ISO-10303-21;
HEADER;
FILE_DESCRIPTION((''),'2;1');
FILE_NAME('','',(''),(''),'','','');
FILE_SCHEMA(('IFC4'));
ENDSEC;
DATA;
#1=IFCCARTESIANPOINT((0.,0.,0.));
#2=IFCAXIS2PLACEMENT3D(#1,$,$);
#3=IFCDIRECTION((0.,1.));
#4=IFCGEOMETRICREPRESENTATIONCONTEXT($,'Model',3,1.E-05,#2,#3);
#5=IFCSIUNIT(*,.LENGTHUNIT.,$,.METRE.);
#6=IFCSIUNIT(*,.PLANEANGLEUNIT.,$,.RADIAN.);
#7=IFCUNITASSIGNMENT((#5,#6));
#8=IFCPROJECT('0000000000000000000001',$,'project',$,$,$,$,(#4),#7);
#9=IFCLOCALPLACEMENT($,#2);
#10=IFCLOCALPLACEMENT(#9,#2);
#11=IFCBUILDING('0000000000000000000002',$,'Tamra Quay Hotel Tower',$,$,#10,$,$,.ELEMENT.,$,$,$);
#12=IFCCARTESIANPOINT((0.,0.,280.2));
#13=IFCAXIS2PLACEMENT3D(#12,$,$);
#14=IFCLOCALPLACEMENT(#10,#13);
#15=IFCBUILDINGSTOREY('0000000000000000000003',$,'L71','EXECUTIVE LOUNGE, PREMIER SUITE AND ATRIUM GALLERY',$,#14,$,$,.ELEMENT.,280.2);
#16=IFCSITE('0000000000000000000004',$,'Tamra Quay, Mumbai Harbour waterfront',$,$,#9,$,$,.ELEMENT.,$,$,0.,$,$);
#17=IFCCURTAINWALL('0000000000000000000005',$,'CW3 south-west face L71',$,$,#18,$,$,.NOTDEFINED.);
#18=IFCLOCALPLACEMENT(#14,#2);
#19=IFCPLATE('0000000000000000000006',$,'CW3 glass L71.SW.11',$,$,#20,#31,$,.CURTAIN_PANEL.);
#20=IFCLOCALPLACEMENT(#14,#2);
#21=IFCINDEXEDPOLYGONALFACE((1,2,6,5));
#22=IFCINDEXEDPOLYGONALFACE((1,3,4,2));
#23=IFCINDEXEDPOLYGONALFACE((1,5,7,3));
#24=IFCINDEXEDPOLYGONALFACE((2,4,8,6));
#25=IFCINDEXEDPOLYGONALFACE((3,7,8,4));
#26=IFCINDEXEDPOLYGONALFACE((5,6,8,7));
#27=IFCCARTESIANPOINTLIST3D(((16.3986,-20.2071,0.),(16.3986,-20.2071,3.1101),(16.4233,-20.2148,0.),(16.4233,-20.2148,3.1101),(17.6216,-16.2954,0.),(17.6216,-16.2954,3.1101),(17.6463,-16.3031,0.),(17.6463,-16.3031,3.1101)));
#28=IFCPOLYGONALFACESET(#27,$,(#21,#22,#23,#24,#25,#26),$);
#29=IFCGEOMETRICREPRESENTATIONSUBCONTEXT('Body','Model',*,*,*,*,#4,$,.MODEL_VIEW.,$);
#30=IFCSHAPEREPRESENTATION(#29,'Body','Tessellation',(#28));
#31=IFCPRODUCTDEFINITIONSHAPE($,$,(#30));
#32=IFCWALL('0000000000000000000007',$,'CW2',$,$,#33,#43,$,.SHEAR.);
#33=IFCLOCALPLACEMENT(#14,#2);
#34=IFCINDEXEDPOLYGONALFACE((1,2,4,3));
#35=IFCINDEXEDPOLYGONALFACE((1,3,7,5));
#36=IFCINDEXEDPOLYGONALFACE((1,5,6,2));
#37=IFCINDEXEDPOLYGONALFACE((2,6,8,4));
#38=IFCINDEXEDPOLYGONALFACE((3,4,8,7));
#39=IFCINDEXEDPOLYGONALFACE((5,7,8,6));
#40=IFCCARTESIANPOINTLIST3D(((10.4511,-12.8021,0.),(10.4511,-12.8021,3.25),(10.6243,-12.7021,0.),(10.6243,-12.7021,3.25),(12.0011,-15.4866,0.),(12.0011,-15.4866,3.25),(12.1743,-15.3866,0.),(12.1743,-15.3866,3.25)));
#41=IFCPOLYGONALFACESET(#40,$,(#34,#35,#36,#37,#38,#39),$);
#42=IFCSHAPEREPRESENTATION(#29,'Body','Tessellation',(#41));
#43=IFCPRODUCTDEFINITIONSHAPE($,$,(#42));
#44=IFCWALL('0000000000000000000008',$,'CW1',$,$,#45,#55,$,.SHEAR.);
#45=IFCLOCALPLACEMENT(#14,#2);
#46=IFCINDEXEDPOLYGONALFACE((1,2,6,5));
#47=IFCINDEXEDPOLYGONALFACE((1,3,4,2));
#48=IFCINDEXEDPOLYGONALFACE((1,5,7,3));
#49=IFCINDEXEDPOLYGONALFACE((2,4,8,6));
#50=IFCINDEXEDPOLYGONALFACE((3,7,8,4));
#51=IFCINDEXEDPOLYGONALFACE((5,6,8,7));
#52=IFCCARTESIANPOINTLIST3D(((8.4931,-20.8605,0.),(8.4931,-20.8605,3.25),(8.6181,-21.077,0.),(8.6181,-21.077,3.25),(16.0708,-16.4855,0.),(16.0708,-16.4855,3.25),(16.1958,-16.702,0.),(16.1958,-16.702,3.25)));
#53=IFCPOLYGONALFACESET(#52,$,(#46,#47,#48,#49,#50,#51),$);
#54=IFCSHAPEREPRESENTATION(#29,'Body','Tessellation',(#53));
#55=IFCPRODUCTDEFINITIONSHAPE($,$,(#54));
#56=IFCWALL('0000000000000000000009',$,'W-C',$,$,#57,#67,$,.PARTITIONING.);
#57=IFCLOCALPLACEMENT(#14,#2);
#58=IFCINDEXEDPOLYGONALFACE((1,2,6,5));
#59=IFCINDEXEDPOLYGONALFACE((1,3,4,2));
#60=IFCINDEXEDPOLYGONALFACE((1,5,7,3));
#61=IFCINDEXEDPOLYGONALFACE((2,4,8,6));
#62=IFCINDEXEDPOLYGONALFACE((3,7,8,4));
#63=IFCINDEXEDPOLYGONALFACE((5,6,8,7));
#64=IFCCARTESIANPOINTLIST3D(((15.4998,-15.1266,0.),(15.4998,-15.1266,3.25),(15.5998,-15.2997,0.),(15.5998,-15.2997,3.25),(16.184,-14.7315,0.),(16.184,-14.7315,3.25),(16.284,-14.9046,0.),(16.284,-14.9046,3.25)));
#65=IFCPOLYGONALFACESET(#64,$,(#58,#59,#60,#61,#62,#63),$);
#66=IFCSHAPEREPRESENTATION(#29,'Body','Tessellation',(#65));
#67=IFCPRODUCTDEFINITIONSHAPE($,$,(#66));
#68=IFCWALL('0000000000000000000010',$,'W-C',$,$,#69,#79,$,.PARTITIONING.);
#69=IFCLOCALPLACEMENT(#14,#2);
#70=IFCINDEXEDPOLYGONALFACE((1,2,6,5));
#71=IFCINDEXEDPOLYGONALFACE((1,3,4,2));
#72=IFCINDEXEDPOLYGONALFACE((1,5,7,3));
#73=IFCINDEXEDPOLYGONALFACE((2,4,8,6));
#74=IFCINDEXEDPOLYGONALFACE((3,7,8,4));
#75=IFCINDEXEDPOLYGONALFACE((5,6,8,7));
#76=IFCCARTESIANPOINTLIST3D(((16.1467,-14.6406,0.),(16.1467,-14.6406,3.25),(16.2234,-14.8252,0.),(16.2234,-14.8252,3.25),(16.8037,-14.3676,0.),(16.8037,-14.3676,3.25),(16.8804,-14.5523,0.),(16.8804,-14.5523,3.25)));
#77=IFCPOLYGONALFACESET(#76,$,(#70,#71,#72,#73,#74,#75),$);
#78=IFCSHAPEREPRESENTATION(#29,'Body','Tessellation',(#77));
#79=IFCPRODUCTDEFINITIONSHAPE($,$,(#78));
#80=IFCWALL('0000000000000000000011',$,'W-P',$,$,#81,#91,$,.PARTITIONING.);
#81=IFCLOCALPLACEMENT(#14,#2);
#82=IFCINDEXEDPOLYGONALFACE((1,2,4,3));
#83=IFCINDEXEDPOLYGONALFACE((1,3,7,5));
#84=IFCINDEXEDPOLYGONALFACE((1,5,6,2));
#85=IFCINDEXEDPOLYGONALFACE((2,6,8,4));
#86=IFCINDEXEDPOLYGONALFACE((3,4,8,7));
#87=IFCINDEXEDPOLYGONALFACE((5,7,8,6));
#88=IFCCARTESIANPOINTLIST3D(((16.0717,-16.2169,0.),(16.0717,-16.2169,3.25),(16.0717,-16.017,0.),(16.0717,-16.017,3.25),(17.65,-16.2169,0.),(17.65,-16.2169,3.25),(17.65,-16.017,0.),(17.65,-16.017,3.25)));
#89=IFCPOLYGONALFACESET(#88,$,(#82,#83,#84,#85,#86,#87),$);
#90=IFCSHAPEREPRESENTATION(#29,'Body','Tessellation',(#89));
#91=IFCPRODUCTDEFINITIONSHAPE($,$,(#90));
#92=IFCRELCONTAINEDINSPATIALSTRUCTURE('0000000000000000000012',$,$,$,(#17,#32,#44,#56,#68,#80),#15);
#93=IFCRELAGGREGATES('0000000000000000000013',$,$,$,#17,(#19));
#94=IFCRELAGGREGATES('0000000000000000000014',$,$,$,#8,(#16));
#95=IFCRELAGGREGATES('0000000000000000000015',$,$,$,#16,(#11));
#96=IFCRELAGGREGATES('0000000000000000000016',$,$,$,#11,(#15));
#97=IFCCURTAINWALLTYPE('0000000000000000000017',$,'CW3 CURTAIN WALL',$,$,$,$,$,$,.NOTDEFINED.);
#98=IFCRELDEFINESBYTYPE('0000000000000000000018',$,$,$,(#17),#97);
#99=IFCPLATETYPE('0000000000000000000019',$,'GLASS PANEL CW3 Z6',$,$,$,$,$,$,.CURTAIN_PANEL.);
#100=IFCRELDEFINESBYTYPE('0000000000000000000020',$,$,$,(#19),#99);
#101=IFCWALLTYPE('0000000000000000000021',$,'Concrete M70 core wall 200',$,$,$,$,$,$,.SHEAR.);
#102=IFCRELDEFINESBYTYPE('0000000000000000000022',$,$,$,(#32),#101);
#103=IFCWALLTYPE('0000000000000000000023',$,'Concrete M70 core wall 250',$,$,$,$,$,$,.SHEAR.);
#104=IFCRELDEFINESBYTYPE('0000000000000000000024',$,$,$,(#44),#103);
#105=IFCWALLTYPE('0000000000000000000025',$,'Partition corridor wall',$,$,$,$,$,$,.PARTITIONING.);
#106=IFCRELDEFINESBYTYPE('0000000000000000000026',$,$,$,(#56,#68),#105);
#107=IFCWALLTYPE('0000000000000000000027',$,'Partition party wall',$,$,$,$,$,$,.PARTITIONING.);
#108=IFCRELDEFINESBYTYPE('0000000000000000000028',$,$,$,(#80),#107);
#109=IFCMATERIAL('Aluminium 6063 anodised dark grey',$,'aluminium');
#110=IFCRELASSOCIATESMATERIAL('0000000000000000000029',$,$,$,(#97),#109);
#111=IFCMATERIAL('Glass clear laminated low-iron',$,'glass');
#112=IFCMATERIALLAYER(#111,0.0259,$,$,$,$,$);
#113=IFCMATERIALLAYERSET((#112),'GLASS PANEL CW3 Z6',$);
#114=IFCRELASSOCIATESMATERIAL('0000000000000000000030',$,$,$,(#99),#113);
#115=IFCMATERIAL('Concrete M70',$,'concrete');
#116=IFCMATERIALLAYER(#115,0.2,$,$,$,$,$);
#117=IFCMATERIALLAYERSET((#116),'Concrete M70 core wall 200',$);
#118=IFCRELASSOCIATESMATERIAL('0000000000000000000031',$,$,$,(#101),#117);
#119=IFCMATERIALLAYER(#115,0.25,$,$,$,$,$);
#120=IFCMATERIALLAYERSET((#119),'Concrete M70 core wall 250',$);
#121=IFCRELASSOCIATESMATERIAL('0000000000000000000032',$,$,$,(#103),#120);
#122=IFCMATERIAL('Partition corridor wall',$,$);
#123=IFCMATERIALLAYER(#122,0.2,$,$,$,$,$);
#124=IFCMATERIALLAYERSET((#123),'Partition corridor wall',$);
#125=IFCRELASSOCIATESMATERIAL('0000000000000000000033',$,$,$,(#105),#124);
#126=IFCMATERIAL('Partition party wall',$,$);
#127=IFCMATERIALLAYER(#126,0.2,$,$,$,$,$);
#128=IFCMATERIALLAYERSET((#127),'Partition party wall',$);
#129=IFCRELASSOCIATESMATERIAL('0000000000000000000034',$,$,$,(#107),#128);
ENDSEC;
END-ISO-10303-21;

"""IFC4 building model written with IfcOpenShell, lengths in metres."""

from ifc_helpers import new_model, si_unit, direction, frame, frame_2d, origin, origin_2d, place, context, subcontext, project, spatial, rectangle, extrude, material, layer, layer_set, type_object, element, aggregate, save


model = new_model("IFC4")

# Units and contexts
model_context = context("Model", 3, precision=1e-05, world=origin(), true_north=direction((0.0, 1.0)))
body_context = subcontext(model_context, "Body", "Model", "MODEL_VIEW")
ifc_project = project(units=[si_unit("LENGTHUNIT", "METRE"), si_unit("PLANEANGLEUNIT", "RADIAN")], contexts=[model_context])

# Site, building, storey
site_placement = place(None, origin())
site = spatial("IfcSite", under=ifc_project, at=site_placement, Name="Tamra Quay, Mumbai Harbour waterfront", CompositionType="ELEMENT", RefElevation=0.0)
building_placement = place(site_placement, origin())
building = spatial("IfcBuilding", under=site, at=building_placement, Name="Tamra Quay Hotel Tower", CompositionType="ELEMENT")
storey_placement = place(building_placement, frame((0.0, 0.0, 280.2)))
storey = spatial("IfcBuildingStorey", under=building, at=storey_placement, Name="L71", Description="EXECUTIVE LOUNGE, PREMIER SUITE AND ATRIUM GALLERY", CompositionType="ELEMENT", Elevation=280.2)

# Shared definitions
ifc_material_1 = material(Name="Concrete M70", Category="concrete")

# Shared definitions
ifc_material_2 = material(Name="Aluminium 6063 anodised dark grey", Category="aluminium")

# Curtain wall
curtain_wall_type_1 = type_object("IfcCurtainWallType", Name="CW3 CURTAIN WALL", PredefinedType="NOTDEFINED", material=ifc_material_2)
curtain_wall_1_placement = place(storey_placement, origin())
curtain_wall_1 = element("IfcCurtainWall", 1, at=curtain_wall_1_placement, inside=storey, type_object=curtain_wall_type_1, Name="CW3 south-west face L71", PredefinedType="NOTDEFINED")

# Plate
ifc_material_3 = material(Name="Glass clear laminated low-iron", Category="glass")
ifc_layer_1 = layer(ifc_material_3, 0.0259)
ifc_layer_set_1 = layer_set([ifc_layer_1], Name="GLASS PANEL CW3 Z6")
plate_type = type_object("IfcPlateType", Name="GLASS PANEL CW3 Z6", PredefinedType="CURTAIN_PANEL", material=ifc_layer_set_1)
plate_1_placement = place(storey_placement, frame((17.0225, -18.2551, 0.0), z_axis=(0.0, 0.0, 1.0), x_axis=(0.298392, 0.954443, 0.0)))
plate_1 = element("IfcPlate", 2, at=plate_1_placement, type_object=plate_type, Name="CW3 glass L71.SW.11", PredefinedType="CURTAIN_PANEL", context=body_context, shape_type="SweptSolid", body=[
    extrude(rectangle(XDim=4.0984, YDim=0.0259, at=origin_2d()), origin(), (0.0, 0.0, 1.0), 3.1101),
])
aggregate(curtain_wall_1, [plate_1])

# Walls
ifc_layer_2 = layer(ifc_material_1, 0.2)
ifc_layer_set_2 = layer_set([ifc_layer_2], Name="Concrete M70 core wall 200")
wall_type_1 = type_object("IfcWallType", Name="Concrete M70 core wall 200", PredefinedType="SHEAR", material=ifc_layer_set_2)
wall_1_placement = place(storey_placement, frame((12.0876, -15.4365, 0.0), z_axis=(0.0, 0.0, 1.0), x_axis=(-0.500027, 0.86601, 0.0)))
element("IfcWall", 3, at=wall_1_placement, inside=storey, type_object=wall_type_1, Name="CW2", PredefinedType="SHEAR", context=body_context, shape_type="SweptSolid", body=[
    extrude(rectangle(XDim=3.0999, YDim=0.2, at=frame_2d((1.5498, 0.0))), origin(), (0.0, 0.0, 1.0), 3.25),
])
ifc_layer_3 = layer(ifc_material_1, 0.25)
ifc_layer_set_3 = layer_set([ifc_layer_3], Name="Concrete M70 core wall 250")
wall_type_2 = type_object("IfcWallType", Name="Concrete M70 core wall 250", PredefinedType="SHEAR", material=ifc_layer_set_3)
wall_2_placement = place(storey_placement, frame((16.1333, -16.5938, 0.0), z_axis=(0.0, 0.0, 1.0), x_axis=(-0.866023, -0.500004, 0.0)))
element("IfcWall", 4, at=wall_2_placement, inside=storey, type_object=wall_type_2, Name="CW1", PredefinedType="SHEAR", context=body_context, shape_type="SweptSolid", body=[
    extrude(rectangle(XDim=8.75, YDim=0.25, at=frame_2d((4.375, 0.0))), origin(), (0.0, 0.0, 1.0), 3.25),
])
ifc_material_4 = material(Name="Partition corridor wall")
ifc_layer_4 = layer(ifc_material_4, 0.2)
ifc_layer_set_4 = layer_set([ifc_layer_4], Name="Partition corridor wall")
wall_type_3 = type_object("IfcWallType", Name="Partition corridor wall", PredefinedType="PARTITIONING", material=ifc_layer_set_4)
wall_3_placement = place(storey_placement, frame((15.5498, -15.2131, 0.0), z_axis=(0.0, 0.0, 1.0), x_axis=(0.86599, 0.500061, 0.0)))
element("IfcWall", 5, at=wall_3_placement, inside=storey, type_object=wall_type_3, Name="W-C", PredefinedType="PARTITIONING", context=body_context, shape_type="SweptSolid", body=[
    extrude(rectangle(XDim=0.79, YDim=0.2, at=frame_2d((0.395, 0.0))), origin(), (0.0, 0.0, 1.0), 3.25),
])
wall_4_placement = place(storey_placement, frame((16.1851, -14.7329, 0.0), z_axis=(0.0, 0.0, 1.0), x_axis=(0.923472, 0.383665, 0.0)))
element("IfcWall", 6, at=wall_4_placement, inside=storey, type_object=wall_type_3, Name="W-C", PredefinedType="PARTITIONING", context=body_context, shape_type="SweptSolid", body=[
    extrude(rectangle(XDim=0.7114, YDim=0.2, at=frame_2d((0.3557, 0.0))), origin(), (0.0, 0.0, 1.0), 3.25),
])
ifc_material_5 = material(Name="Partition party wall")
ifc_layer_5 = layer(ifc_material_5, 0.2)
ifc_layer_set_5 = layer_set([ifc_layer_5], Name="Partition party wall")
wall_type_4 = type_object("IfcWallType", Name="Partition party wall", PredefinedType="PARTITIONING", material=ifc_layer_set_5)
wall_5_placement = place(storey_placement, frame((16.0718, -16.1169, 0.0), z_axis=(0.0, 0.0, 1.0), x_axis=(1.0, 0.0, 0.0)))
element("IfcWall", 7, at=wall_5_placement, inside=storey, type_object=wall_type_4, Name="W-P", PredefinedType="PARTITIONING", context=body_context, shape_type="SweptSolid", body=[
    extrude(rectangle(XDim=1.5784, YDim=0.2, at=frame_2d((0.7891, 0.0))), origin(), (0.0, 0.0, 1.0), 3.25),
])

save(model, "model.ifc")
